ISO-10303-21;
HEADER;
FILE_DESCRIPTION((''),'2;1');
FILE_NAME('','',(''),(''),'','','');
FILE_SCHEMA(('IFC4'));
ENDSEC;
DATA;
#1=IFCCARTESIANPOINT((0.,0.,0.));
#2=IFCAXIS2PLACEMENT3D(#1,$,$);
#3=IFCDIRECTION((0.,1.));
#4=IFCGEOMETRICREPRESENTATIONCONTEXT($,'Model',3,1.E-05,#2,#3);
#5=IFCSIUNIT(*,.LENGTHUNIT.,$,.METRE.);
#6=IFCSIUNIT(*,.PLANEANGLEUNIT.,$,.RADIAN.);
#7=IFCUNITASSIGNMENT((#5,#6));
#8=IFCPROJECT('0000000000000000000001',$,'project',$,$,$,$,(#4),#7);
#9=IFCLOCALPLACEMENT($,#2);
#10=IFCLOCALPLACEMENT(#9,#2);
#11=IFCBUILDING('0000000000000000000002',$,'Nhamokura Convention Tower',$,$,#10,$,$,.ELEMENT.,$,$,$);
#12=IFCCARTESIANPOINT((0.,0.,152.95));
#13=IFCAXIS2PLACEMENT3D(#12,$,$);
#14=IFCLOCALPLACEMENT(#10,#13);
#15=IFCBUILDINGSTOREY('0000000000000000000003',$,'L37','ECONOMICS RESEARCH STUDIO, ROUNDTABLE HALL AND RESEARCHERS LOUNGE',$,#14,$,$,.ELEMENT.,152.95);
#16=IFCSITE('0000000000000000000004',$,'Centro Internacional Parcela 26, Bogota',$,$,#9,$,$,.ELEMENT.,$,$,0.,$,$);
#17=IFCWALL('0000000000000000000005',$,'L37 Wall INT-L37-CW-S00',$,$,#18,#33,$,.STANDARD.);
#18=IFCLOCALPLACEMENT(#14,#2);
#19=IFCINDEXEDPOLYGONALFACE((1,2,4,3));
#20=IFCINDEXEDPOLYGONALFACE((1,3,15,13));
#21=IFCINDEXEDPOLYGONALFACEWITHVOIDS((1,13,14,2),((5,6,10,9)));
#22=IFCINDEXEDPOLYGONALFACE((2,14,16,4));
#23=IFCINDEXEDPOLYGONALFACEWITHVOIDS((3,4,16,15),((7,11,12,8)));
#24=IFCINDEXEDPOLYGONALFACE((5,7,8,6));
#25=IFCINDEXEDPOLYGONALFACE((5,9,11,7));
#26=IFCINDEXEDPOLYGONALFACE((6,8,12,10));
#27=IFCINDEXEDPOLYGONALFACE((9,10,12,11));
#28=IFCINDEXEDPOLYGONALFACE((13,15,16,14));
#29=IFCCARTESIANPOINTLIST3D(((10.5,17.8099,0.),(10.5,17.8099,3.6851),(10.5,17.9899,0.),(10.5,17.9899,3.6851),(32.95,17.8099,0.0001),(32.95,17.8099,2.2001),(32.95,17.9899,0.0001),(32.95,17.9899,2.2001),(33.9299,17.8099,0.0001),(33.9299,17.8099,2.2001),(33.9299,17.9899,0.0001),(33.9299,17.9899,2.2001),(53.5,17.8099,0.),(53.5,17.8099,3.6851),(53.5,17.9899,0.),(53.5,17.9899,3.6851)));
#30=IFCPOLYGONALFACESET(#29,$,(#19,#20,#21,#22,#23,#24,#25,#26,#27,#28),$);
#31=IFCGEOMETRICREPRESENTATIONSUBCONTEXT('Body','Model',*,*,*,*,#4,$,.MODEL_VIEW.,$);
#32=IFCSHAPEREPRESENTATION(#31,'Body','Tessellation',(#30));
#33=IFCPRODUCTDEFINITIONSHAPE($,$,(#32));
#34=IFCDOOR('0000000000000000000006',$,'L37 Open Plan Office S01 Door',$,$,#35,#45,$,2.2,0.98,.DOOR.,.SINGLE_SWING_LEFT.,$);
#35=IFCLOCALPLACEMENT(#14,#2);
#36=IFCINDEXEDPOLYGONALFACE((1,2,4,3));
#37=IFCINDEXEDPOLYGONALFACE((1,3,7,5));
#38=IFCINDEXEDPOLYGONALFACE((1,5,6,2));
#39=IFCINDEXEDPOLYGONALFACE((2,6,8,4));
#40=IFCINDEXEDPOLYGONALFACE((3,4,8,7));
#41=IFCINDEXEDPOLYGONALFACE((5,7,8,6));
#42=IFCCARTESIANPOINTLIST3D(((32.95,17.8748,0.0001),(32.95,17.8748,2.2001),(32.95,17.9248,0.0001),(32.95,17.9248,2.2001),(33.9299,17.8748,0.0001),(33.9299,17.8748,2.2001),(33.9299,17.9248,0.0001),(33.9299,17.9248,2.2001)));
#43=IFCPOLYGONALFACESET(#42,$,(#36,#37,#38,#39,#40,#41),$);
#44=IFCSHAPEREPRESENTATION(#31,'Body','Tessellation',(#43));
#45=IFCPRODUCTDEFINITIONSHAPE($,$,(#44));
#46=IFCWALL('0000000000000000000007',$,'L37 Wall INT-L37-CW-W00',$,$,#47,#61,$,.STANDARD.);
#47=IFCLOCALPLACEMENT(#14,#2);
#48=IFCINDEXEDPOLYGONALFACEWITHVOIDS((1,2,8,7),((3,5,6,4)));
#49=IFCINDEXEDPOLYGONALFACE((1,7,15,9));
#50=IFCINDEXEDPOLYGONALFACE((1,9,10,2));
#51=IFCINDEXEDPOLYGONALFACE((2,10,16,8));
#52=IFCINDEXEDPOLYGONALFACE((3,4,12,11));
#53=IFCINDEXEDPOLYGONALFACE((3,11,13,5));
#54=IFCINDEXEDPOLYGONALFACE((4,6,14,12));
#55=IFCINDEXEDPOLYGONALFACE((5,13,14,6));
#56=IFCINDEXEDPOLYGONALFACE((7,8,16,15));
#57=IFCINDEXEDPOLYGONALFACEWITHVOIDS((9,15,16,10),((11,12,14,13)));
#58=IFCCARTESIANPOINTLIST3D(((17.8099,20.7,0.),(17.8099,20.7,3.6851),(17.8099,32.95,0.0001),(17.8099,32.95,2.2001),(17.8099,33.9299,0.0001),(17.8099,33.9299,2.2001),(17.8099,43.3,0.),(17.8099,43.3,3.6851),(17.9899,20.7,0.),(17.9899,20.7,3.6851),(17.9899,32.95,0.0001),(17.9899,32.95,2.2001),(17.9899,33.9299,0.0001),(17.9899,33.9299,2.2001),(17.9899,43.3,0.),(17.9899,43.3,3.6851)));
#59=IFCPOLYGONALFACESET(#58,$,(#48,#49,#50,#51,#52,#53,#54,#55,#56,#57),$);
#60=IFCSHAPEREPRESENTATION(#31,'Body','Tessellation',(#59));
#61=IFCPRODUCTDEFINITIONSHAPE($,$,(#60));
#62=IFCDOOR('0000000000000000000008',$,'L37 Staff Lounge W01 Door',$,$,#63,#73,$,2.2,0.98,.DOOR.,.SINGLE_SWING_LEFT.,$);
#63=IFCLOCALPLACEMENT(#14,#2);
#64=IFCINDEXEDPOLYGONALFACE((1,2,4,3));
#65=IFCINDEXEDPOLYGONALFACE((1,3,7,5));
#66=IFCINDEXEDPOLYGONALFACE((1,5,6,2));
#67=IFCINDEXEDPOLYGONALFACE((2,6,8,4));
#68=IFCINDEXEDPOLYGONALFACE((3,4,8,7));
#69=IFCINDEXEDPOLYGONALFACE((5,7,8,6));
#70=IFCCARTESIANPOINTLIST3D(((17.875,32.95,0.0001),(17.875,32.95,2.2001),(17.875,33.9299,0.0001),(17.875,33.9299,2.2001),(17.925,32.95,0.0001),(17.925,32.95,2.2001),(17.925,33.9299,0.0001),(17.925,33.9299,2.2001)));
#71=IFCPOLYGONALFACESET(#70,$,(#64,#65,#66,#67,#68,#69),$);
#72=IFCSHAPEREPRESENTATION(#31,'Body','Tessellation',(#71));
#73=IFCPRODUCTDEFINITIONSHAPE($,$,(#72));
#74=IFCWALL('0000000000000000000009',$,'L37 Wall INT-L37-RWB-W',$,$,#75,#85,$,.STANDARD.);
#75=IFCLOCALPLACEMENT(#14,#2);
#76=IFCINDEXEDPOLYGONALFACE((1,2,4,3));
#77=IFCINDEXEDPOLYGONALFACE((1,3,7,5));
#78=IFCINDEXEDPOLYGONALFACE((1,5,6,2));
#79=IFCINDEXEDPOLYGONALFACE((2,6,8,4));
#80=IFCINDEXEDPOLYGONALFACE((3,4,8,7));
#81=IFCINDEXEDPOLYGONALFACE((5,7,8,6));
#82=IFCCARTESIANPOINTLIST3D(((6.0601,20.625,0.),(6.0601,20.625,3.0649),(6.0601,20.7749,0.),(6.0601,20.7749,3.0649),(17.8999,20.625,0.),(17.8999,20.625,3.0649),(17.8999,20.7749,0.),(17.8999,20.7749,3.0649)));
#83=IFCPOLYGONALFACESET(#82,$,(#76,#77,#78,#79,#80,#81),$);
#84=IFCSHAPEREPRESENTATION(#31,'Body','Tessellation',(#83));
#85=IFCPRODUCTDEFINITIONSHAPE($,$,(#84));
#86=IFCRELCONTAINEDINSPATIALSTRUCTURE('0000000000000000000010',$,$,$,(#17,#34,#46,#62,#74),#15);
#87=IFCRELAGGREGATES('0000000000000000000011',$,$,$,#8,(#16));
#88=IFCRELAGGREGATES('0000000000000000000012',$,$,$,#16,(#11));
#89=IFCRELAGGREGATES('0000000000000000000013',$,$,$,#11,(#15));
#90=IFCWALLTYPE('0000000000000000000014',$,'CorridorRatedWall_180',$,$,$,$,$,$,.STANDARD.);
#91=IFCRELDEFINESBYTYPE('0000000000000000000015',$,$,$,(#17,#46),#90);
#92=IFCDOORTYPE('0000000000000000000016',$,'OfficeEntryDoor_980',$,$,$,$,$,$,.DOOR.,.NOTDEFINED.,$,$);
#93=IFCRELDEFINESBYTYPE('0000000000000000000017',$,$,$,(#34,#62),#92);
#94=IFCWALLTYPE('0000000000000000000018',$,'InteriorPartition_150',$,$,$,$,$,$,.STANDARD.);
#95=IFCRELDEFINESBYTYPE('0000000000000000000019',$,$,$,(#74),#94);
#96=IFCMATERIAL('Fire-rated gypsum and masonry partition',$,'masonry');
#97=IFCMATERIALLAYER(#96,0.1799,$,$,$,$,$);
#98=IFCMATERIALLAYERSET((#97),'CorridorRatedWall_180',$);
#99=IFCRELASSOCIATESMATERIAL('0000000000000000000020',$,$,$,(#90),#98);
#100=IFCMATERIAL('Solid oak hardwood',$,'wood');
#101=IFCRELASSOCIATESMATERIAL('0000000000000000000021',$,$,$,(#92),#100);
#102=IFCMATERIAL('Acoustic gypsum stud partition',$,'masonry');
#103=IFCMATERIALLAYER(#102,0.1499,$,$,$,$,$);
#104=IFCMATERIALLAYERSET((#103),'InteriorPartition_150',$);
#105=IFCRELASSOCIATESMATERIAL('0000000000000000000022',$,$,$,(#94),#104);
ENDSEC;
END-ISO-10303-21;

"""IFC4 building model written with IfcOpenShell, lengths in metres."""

from ifc_helpers import new_model, si_unit, direction, frame, frame_2d, origin, place, context, subcontext, project, spatial, rectangle, extrude, material, layer, layer_set, type_object, element, fill, save


model = new_model("IFC4")

# Units and contexts
model_context = context("Model", 3, precision=1e-05, world=origin(), true_north=direction((0.0, 1.0)))
body_context = subcontext(model_context, "Body", "Model", "MODEL_VIEW")
ifc_project = project(units=[si_unit("LENGTHUNIT", "METRE"), si_unit("PLANEANGLEUNIT", "RADIAN")], contexts=[model_context])

# Site, building, storey
site_placement = place(None, origin())
site = spatial("IfcSite", under=ifc_project, at=site_placement, Name="Centro Internacional Parcela 26, Bogota", CompositionType="ELEMENT", RefElevation=0.0)
building_placement = place(site_placement, origin())
building = spatial("IfcBuilding", under=site, at=building_placement, Name="Nhamokura Convention Tower", CompositionType="ELEMENT")
storey_placement = place(building_placement, frame((0.0, 0.0, 152.95)))
storey = spatial("IfcBuildingStorey", under=building, at=storey_placement, Name="L37", Description="ECONOMICS RESEARCH STUDIO, ROUNDTABLE HALL AND RESEARCHERS LOUNGE", CompositionType="ELEMENT", Elevation=152.95)

# Walls, openings, doors
ifc_material_1 = material(Name="Fire-rated gypsum and masonry partition", Category="masonry")
ifc_layer_1 = layer(ifc_material_1, 0.1799)
ifc_layer_set_1 = layer_set([ifc_layer_1], Name="CorridorRatedWall_180")
wall_type_1 = type_object("IfcWallType", Name="CorridorRatedWall_180", PredefinedType="STANDARD", material=ifc_layer_set_1)
wall_1_placement = place(storey_placement, frame((10.5, 17.8999, 0.0), z_axis=(0.0, 0.0, 1.0), x_axis=(1.0, 0.0, 0.0)))
wall_1 = element("IfcWall", 1, at=wall_1_placement, inside=storey, type_object=wall_type_1, Name="L37 Wall INT-L37-CW-S00", PredefinedType="STANDARD", context=body_context, shape_type="SweptSolid", body=[
    extrude(rectangle(XDim=43.0, YDim=0.1799, at=frame_2d((21.5, 0.0))), origin(), (0.0, 0.0, 1.0), 3.6851),
])
opening_1_placement = place(wall_1_placement, frame((22.45, 0.0, 0.0)))
opening_1 = element("IfcOpeningElement", 2, at=opening_1_placement, cuts=wall_1, PredefinedType="OPENING", context=body_context, shape_type="SweptSolid", body=[
    extrude(rectangle(XDim=0.98, YDim=2.2, at=frame_2d((0.49, 1.1001))), frame((0.0, 0.0999, 0.0), z_axis=(0.0, -1.0, 0.0), x_axis=(1.0, 0.0, 0.0)), (0.0, 0.0, 1.0), 0.2),
])
ifc_material_2 = material(Name="Solid oak hardwood", Category="wood")
door_type_1 = type_object("IfcDoorType", Name="OfficeEntryDoor_980", OperationType="NOTDEFINED", PredefinedType="DOOR", material=ifc_material_2)
door_1_placement = place(opening_1_placement, origin())
door_1 = element("IfcDoor", 3, at=door_1_placement, inside=storey, type_object=door_type_1, Name="L37 Open Plan Office S01 Door", OperationType="SINGLE_SWING_LEFT", OverallHeight=2.2, OverallWidth=0.98, PredefinedType="DOOR", context=body_context, shape_type="SweptSolid", body=[
    extrude(rectangle(XDim=0.98, YDim=2.2, at=frame_2d((0.49, 1.1001))), frame((0.0, 0.0249, 0.0), z_axis=(0.0, -1.0, 0.0), x_axis=(1.0, 0.0, 0.0)), (0.0, 0.0, 1.0), 0.05),
])
fill(opening_1, door_1)
wall_2_placement = place(storey_placement, frame((17.8999, 20.7, 0.0), z_axis=(0.0, 0.0, 1.0), x_axis=(0.0, 1.0, 0.0)))
wall_2 = element("IfcWall", 4, at=wall_2_placement, inside=storey, type_object=wall_type_1, Name="L37 Wall INT-L37-CW-W00", PredefinedType="STANDARD", context=body_context, shape_type="SweptSolid", body=[
    extrude(rectangle(XDim=22.6001, YDim=0.1799, at=frame_2d((11.3, 0.0))), origin(), (0.0, 0.0, 1.0), 3.6851),
])
opening_2_placement = place(wall_2_placement, frame((12.25, 0.0, 0.0)))
opening_2 = element("IfcOpeningElement", 5, at=opening_2_placement, cuts=wall_2, PredefinedType="OPENING", context=body_context, shape_type="SweptSolid", body=[
    extrude(rectangle(XDim=0.98, YDim=2.2, at=frame_2d((0.49, 1.1001))), frame((0.0, 0.0999, 0.0), z_axis=(0.0, -1.0, 0.0), x_axis=(1.0, 0.0, 0.0)), (0.0, 0.0, 1.0), 0.2),
])
door_2_placement = place(opening_2_placement, origin())
door_2 = element("IfcDoor", 6, at=door_2_placement, inside=storey, type_object=door_type_1, Name="L37 Staff Lounge W01 Door", OperationType="SINGLE_SWING_LEFT", OverallHeight=2.2, OverallWidth=0.98, PredefinedType="DOOR", context=body_context, shape_type="SweptSolid", body=[
    extrude(rectangle(XDim=0.98, YDim=2.2, at=frame_2d((0.49, 1.1001))), frame((0.0, 0.0249, 0.0), z_axis=(0.0, -1.0, 0.0), x_axis=(1.0, 0.0, 0.0)), (0.0, 0.0, 1.0), 0.05),
])
fill(opening_2, door_2)

# Wall
ifc_material_3 = material(Name="Acoustic gypsum stud partition", Category="masonry")
ifc_layer_2 = layer(ifc_material_3, 0.1499)
ifc_layer_set_2 = layer_set([ifc_layer_2], Name="InteriorPartition_150")
wall_type_2 = type_object("IfcWallType", Name="InteriorPartition_150", PredefinedType="STANDARD", material=ifc_layer_set_2)
wall_3_placement = place(storey_placement, frame((6.0601, 20.7, 0.0), z_axis=(0.0, 0.0, 1.0), x_axis=(1.0, 0.0, 0.0)))
element("IfcWall", 7, at=wall_3_placement, inside=storey, type_object=wall_type_2, Name="L37 Wall INT-L37-RWB-W", PredefinedType="STANDARD", context=body_context, shape_type="SweptSolid", body=[
    extrude(rectangle(XDim=11.8398, YDim=0.1499, at=frame_2d((5.9199, 0.0))), origin(), (0.0, 0.0, 1.0), 3.0649),
])

save(model, "model.ifc")
